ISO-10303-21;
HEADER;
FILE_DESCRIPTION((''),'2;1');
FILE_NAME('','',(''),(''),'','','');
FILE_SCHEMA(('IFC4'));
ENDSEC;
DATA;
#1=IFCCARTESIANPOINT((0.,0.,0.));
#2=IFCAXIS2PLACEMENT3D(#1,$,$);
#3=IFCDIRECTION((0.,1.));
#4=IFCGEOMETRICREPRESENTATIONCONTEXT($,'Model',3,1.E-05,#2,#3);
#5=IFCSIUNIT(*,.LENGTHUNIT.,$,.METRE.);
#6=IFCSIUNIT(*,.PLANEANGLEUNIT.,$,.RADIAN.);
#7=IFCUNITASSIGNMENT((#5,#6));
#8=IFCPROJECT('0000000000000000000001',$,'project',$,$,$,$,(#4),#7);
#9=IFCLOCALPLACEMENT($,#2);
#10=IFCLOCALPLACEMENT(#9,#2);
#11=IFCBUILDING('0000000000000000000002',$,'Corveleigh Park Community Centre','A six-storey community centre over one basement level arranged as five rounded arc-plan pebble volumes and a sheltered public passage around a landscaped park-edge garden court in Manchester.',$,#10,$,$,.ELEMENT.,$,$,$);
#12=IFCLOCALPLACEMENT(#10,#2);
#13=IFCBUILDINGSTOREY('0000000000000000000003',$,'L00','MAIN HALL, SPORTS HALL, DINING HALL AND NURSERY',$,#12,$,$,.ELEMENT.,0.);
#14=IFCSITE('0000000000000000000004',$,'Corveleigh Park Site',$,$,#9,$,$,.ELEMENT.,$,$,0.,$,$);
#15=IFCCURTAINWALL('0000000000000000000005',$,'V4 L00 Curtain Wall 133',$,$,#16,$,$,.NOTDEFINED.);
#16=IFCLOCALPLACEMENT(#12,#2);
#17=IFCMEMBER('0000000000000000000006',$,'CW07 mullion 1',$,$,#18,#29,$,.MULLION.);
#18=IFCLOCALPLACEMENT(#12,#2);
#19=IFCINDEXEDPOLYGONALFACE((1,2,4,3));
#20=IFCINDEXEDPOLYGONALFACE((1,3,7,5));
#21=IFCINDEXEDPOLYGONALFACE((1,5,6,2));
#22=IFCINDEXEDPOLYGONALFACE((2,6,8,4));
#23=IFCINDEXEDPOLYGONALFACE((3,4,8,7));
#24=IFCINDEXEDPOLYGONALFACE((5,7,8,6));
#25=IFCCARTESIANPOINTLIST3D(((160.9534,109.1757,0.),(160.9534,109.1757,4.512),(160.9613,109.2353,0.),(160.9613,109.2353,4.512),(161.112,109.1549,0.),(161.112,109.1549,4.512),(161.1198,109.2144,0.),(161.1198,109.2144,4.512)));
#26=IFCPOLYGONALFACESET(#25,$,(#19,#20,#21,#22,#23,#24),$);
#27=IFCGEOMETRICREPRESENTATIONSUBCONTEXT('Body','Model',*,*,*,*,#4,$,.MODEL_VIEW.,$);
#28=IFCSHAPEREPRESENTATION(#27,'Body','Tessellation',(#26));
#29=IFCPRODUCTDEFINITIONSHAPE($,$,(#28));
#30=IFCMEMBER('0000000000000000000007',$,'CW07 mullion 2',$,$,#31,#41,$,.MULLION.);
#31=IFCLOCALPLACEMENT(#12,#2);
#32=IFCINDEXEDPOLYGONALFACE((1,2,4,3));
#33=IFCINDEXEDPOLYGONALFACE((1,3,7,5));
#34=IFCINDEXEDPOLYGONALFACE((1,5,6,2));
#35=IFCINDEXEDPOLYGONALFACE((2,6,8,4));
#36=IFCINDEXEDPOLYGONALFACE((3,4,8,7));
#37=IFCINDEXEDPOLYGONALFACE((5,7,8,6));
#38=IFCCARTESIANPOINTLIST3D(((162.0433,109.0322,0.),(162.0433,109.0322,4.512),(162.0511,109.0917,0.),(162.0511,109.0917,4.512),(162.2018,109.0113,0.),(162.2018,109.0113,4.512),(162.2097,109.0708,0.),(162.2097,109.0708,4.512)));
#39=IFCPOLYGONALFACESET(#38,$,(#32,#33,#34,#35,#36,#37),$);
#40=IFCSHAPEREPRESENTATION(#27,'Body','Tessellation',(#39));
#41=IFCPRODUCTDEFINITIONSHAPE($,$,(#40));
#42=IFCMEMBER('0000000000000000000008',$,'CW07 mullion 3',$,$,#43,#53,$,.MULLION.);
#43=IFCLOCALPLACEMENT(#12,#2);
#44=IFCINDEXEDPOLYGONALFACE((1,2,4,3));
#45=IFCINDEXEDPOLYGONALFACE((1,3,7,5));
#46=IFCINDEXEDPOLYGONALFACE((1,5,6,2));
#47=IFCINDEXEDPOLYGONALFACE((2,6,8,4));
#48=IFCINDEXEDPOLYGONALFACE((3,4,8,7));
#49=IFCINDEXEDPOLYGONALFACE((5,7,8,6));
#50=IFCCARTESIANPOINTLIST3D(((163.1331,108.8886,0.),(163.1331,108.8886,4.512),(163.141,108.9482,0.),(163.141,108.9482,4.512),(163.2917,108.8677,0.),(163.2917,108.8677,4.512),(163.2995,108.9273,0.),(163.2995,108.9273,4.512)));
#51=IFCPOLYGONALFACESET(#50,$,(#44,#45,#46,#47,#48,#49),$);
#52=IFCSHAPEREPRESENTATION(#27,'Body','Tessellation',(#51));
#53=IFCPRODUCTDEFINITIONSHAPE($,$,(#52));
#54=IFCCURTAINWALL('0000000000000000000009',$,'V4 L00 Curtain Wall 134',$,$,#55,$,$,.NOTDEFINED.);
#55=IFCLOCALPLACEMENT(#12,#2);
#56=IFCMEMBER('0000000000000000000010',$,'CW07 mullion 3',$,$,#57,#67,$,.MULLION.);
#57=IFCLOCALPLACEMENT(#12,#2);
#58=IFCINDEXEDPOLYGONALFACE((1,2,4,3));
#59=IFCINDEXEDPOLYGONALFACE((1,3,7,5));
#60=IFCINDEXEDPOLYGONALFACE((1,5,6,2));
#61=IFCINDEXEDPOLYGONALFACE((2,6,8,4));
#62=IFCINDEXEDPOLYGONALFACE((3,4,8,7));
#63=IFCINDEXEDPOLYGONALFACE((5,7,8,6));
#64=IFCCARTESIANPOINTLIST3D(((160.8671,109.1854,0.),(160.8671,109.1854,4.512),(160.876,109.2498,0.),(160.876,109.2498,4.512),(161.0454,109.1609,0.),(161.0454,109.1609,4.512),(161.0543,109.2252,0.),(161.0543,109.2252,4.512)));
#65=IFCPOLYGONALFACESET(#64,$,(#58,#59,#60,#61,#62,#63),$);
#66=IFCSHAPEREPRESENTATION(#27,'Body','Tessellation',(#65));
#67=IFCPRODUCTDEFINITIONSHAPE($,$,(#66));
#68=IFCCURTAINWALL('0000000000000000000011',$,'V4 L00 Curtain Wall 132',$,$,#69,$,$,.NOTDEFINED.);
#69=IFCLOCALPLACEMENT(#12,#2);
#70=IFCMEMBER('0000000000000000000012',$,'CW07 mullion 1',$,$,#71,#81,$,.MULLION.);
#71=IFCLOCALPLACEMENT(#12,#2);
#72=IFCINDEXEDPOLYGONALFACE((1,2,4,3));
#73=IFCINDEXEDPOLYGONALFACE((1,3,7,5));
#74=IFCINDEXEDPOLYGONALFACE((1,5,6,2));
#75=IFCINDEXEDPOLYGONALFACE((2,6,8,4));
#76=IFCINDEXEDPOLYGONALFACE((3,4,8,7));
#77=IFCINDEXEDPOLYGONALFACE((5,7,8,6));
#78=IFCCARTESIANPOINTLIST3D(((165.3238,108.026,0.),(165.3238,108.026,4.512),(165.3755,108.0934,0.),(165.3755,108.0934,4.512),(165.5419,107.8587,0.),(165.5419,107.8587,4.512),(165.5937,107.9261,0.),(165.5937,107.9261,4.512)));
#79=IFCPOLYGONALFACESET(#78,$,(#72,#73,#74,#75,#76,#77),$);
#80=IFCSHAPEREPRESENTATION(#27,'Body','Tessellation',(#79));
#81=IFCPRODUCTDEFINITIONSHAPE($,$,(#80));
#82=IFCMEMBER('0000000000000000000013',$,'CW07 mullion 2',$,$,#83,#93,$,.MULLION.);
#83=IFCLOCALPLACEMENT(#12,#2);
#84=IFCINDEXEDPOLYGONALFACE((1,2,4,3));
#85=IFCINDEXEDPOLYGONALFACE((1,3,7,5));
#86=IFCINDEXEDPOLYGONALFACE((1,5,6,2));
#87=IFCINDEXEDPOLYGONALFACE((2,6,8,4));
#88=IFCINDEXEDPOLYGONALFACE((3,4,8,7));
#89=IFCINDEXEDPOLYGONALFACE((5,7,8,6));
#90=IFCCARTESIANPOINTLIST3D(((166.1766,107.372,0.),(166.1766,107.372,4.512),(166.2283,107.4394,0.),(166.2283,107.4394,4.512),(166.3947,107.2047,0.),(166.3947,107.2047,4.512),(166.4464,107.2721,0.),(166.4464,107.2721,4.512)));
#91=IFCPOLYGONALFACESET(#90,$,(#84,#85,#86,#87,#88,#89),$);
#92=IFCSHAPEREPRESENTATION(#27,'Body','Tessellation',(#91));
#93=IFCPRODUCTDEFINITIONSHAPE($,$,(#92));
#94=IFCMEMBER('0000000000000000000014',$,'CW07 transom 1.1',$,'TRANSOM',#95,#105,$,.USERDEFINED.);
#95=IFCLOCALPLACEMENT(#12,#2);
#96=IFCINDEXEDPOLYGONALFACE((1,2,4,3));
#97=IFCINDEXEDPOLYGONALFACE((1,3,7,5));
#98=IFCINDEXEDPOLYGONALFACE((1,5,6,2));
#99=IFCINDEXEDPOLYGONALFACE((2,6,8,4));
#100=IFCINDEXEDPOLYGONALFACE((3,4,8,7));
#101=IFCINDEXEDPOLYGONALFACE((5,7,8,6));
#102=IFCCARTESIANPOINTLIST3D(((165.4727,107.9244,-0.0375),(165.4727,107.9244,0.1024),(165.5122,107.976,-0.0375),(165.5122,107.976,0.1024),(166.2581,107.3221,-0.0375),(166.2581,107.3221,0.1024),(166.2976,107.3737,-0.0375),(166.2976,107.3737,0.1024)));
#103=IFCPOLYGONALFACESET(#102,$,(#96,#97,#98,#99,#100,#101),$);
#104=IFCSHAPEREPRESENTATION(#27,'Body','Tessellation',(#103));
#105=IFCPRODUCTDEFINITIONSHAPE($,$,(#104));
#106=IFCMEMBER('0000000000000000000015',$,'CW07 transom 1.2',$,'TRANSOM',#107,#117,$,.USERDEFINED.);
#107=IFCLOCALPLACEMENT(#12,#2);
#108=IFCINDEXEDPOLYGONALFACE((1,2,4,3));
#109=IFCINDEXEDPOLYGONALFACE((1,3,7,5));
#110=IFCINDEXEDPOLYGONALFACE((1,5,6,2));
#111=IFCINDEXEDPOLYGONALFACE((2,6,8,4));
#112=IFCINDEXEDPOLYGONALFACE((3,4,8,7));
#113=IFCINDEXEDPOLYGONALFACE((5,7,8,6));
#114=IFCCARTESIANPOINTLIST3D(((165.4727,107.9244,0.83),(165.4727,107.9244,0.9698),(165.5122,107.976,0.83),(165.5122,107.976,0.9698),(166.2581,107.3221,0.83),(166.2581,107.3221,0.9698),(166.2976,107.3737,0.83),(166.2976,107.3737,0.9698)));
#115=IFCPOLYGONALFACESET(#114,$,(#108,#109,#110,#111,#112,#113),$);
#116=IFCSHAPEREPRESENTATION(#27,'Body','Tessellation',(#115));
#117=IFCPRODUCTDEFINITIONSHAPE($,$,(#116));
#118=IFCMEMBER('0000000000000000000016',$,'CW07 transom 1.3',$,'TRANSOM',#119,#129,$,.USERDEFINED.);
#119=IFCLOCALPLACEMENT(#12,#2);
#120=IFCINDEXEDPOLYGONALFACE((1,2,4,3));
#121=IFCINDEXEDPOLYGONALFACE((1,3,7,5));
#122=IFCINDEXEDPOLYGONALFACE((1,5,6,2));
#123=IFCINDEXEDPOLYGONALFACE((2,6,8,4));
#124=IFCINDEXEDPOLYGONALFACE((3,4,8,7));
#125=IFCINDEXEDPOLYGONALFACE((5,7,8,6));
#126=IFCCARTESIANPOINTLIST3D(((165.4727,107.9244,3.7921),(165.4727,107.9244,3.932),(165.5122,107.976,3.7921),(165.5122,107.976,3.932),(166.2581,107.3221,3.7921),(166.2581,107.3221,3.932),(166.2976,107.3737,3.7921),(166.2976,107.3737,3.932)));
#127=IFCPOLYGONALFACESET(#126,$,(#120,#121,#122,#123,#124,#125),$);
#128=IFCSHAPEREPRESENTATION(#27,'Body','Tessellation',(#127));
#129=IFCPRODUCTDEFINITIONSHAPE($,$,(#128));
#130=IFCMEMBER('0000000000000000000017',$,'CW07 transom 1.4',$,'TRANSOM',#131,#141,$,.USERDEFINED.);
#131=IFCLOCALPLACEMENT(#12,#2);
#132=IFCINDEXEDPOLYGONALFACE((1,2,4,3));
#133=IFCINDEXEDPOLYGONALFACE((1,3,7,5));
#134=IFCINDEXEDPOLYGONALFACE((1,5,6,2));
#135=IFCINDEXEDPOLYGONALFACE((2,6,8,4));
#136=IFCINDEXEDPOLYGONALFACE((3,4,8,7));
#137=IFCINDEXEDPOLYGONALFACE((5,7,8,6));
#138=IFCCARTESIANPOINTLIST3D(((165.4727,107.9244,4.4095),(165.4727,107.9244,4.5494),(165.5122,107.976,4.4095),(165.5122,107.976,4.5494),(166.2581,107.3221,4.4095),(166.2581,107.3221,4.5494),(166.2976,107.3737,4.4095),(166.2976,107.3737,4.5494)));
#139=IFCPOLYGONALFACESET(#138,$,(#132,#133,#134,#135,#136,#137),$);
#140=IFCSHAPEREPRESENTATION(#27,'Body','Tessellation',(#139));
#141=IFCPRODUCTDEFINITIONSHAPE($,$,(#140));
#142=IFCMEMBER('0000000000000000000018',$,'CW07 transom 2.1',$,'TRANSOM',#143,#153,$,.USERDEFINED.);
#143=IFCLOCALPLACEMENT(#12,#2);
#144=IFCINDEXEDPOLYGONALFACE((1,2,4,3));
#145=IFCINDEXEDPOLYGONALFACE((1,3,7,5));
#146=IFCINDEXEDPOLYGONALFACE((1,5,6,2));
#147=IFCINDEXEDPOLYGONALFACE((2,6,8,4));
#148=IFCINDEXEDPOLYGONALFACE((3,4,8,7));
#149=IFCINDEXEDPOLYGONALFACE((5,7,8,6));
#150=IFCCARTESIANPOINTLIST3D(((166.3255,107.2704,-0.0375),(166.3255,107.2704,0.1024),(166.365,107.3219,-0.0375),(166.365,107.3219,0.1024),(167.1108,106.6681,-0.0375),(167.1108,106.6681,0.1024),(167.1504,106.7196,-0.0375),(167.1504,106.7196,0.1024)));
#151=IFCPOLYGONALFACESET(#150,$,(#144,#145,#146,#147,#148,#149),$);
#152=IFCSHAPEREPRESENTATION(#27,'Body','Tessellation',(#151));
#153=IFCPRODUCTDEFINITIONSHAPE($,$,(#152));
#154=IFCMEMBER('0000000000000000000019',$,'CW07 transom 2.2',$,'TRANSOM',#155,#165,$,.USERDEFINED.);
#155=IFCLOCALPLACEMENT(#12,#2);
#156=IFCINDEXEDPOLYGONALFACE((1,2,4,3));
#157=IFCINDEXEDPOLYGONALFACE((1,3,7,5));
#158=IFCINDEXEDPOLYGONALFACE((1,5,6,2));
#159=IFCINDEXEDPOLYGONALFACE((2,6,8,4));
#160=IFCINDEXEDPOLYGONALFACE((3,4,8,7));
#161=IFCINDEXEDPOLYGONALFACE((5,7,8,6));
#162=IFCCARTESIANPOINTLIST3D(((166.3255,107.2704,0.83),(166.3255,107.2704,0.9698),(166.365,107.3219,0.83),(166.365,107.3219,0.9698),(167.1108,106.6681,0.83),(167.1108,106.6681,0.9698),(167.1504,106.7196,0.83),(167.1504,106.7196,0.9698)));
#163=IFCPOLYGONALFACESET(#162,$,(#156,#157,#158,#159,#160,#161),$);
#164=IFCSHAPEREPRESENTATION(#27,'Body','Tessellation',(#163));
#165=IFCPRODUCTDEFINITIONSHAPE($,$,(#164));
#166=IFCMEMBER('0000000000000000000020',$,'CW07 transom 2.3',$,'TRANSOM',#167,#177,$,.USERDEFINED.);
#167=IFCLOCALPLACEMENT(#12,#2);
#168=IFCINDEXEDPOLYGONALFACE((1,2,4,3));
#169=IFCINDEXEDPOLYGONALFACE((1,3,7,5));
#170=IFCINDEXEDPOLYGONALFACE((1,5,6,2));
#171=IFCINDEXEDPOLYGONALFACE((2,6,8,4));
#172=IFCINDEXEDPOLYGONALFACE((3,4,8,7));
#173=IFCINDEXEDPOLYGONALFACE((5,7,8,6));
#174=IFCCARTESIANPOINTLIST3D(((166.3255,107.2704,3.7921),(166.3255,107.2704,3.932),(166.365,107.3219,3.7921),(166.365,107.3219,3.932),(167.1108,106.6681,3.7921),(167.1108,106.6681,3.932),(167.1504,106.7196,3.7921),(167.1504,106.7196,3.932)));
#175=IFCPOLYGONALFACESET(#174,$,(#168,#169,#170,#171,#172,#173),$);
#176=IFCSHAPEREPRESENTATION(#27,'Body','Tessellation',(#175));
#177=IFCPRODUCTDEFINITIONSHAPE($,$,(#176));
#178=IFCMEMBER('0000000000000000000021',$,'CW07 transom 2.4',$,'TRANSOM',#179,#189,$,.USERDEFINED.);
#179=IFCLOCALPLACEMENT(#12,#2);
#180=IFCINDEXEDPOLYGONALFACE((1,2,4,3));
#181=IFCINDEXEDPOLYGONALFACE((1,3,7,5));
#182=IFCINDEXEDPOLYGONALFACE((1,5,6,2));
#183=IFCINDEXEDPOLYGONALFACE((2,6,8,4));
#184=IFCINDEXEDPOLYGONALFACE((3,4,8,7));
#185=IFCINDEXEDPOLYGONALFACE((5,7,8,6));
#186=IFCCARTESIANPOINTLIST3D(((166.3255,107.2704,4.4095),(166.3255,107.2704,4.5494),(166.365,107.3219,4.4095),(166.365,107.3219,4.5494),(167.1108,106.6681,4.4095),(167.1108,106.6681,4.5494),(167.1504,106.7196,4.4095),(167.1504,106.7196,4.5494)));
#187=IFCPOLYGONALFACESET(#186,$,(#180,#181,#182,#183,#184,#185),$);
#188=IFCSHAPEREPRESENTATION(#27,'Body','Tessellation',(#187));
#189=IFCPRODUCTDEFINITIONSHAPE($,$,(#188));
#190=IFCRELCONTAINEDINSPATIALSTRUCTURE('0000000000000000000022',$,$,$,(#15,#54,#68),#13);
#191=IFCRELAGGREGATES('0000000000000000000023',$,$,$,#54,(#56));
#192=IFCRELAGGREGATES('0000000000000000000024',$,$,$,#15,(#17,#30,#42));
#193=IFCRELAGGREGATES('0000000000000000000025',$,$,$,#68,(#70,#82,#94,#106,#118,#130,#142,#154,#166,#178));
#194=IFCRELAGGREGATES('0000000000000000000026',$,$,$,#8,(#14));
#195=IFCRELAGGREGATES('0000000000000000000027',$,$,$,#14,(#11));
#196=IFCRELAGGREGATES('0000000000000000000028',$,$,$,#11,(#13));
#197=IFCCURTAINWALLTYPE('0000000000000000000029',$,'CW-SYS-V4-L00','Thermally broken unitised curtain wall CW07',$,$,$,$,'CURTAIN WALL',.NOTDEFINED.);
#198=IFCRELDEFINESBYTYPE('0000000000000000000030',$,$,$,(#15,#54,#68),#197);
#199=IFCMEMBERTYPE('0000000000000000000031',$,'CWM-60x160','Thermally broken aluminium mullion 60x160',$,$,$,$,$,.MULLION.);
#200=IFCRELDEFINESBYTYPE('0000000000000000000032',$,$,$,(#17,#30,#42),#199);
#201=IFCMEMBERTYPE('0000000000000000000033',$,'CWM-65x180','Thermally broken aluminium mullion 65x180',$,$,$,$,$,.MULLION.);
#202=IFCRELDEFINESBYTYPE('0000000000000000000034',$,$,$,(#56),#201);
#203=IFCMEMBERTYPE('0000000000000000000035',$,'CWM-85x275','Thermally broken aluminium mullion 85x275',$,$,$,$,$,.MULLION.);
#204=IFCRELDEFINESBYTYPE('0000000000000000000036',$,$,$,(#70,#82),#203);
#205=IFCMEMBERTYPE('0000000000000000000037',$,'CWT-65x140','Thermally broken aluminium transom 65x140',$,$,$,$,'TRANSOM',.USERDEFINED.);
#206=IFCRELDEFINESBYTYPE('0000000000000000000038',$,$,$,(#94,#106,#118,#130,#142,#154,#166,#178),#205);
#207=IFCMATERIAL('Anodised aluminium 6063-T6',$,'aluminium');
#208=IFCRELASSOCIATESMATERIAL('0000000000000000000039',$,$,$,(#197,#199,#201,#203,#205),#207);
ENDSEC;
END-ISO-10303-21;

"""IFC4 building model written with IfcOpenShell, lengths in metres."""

from ifc_helpers import new_model, si_unit, direction, frame, origin, origin_2d, place, context, subcontext, project, spatial, rectangle, extrude, material, material_profile, profile_set, type_object, element, aggregate, save


model = new_model("IFC4")

# Units and contexts
model_context = context("Model", 3, precision=1e-05, world=origin(), true_north=direction((0.0, 1.0)))
body_context = subcontext(model_context, "Body", "Model", "MODEL_VIEW")
ifc_project = project(units=[si_unit("LENGTHUNIT", "METRE"), si_unit("PLANEANGLEUNIT", "RADIAN")], contexts=[model_context])

# Site, building, storey
site_placement = place(None, origin())
site = spatial("IfcSite", under=ifc_project, at=site_placement, Name="Corveleigh Park Site", CompositionType="ELEMENT", RefElevation=0.0)
building_placement = place(site_placement, origin())
building = spatial("IfcBuilding", under=site, at=building_placement, Name="Corveleigh Park Community Centre", Description="A six-storey community centre over one basement level arranged as five rounded arc-plan pebble volumes and a sheltered public passage around a landscaped park-edge garden court in Manchester.", CompositionType="ELEMENT")
storey_placement = place(building_placement, origin())
storey = spatial("IfcBuildingStorey", under=building, at=storey_placement, Name="L00", Description="MAIN HALL, SPORTS HALL, DINING HALL AND NURSERY", CompositionType="ELEMENT", Elevation=0.0)

# Curtain wall, members
ifc_material_1 = material(Name="Anodised aluminium 6063-T6", Category="aluminium")
curtain_wall_type = type_object("IfcCurtainWallType", Name="CW-SYS-V4-L00", Description="Thermally broken unitised curtain wall CW07", ElementType="CURTAIN WALL", PredefinedType="NOTDEFINED", material=ifc_material_1)
curtain_wall_1_placement = place(storey_placement, origin())
curtain_wall_1 = element("IfcCurtainWall", 1, at=curtain_wall_1_placement, inside=storey, type_object=curtain_wall_type, Name="V4 L00 Curtain Wall 133", PredefinedType="NOTDEFINED")
ifc_material_profile_1 = material_profile(ifc_material_1, rectangle(XDim=0.0601, YDim=0.1599, at=origin_2d()), Name="ALU-M60x160", Category="aluminium")
ifc_profile_set_1 = profile_set([ifc_material_profile_1], Name="Anodised aluminium 6063-T6")
member_type_1 = type_object("IfcMemberType", Name="CWM-60x160", Description="Thermally broken aluminium mullion 60x160", PredefinedType="MULLION", material=ifc_profile_set_1)
member_1_placement = place(storey_placement, frame((161.0366, 109.1951, 0.0), z_axis=(0.0, 0.0, 1.0), x_axis=(0.130626, 0.991432, 0.0)))
member_1 = element("IfcMember", 2, at=member_1_placement, type_object=member_type_1, Name="CW07 mullion 1", PredefinedType="MULLION", context=body_context, shape_type="SweptSolid", body=[
    extrude(rectangle(XDim=0.0601, YDim=0.1599, at=origin_2d()), origin(), (0.0, 0.0, 1.0), 4.512),
])
member_2_placement = place(storey_placement, frame((162.1265, 109.0515, 0.0), z_axis=(0.0, 0.0, 1.0), x_axis=(0.130626, 0.991432, 0.0)))
member_2 = element("IfcMember", 3, at=member_2_placement, type_object=member_type_1, Name="CW07 mullion 2", PredefinedType="MULLION", context=body_context, shape_type="SweptSolid", body=[
    extrude(rectangle(XDim=0.0601, YDim=0.1599, at=origin_2d()), origin(), (0.0, 0.0, 1.0), 4.512),
])
member_3_placement = place(storey_placement, frame((163.2163, 108.908, 0.0), z_axis=(0.0, 0.0, 1.0), x_axis=(0.130626, 0.991432, 0.0)))
member_3 = element("IfcMember", 4, at=member_3_placement, type_object=member_type_1, Name="CW07 mullion 3", PredefinedType="MULLION", context=body_context, shape_type="SweptSolid", body=[
    extrude(rectangle(XDim=0.0601, YDim=0.1599, at=origin_2d()), origin(), (0.0, 0.0, 1.0), 4.512),
])

# Curtain wall, member
curtain_wall_2_placement = place(storey_placement, origin())
curtain_wall_2 = element("IfcCurtainWall", 5, at=curtain_wall_2_placement, inside=storey, type_object=curtain_wall_type, Name="V4 L00 Curtain Wall 134", PredefinedType="NOTDEFINED")
ifc_material_profile_2 = material_profile(ifc_material_1, rectangle(XDim=0.0649, YDim=0.1799, at=origin_2d()), Name="ALU-M65x180", Category="aluminium")
ifc_profile_set_2 = profile_set([ifc_material_profile_2], Name="Anodised aluminium 6063-T6")
member_type_2 = type_object("IfcMemberType", Name="CWM-65x180", Description="Thermally broken aluminium mullion 65x180", PredefinedType="MULLION", material=ifc_profile_set_2)
member_4_placement = place(storey_placement, frame((160.9607, 109.2053, 0.0), z_axis=(0.0, 0.0, 1.0), x_axis=(0.136534, 0.990635, 0.0)))
member_4 = element("IfcMember", 6, at=member_4_placement, type_object=member_type_2, Name="CW07 mullion 3", PredefinedType="MULLION", context=body_context, shape_type="SweptSolid", body=[
    extrude(rectangle(XDim=0.0649, YDim=0.1799, at=origin_2d()), origin(), (0.0, 0.0, 1.0), 4.512),
])
aggregate(curtain_wall_2, [member_4])

# Curtain wall, members
curtain_wall_3_placement = place(storey_placement, origin())
curtain_wall_3 = element("IfcCurtainWall", 7, at=curtain_wall_3_placement, inside=storey, type_object=curtain_wall_type, Name="V4 L00 Curtain Wall 132", PredefinedType="NOTDEFINED")
ifc_material_profile_3 = material_profile(ifc_material_1, rectangle(XDim=0.085, YDim=0.2749, at=origin_2d()), Name="ALU-M85x275", Category="aluminium")
ifc_profile_set_3 = profile_set([ifc_material_profile_3], Name="Anodised aluminium 6063-T6")
member_type_3 = type_object("IfcMemberType", Name="CWM-85x275", Description="Thermally broken aluminium mullion 85x275", PredefinedType="MULLION", material=ifc_profile_set_3)
member_5_placement = place(storey_placement, frame((165.4587, 107.9761, 0.0), z_axis=(0.0, 0.0, 1.0), x_axis=(0.608629, 0.793455, 0.0)))
member_5 = element("IfcMember", 8, at=member_5_placement, type_object=member_type_3, Name="CW07 mullion 1", PredefinedType="MULLION", context=body_context, shape_type="SweptSolid", body=[
    extrude(rectangle(XDim=0.085, YDim=0.2749, at=origin_2d()), origin(), (0.0, 0.0, 1.0), 4.512),
])
member_6_placement = place(storey_placement, frame((166.3115, 107.322, 0.0), z_axis=(0.0, 0.0, 1.0), x_axis=(0.608629, 0.793455, 0.0)))
member_6 = element("IfcMember", 9, at=member_6_placement, type_object=member_type_3, Name="CW07 mullion 2", PredefinedType="MULLION", context=body_context, shape_type="SweptSolid", body=[
    extrude(rectangle(XDim=0.085, YDim=0.2749, at=origin_2d()), origin(), (0.0, 0.0, 1.0), 4.512),
])
ifc_material_profile_4 = material_profile(ifc_material_1, rectangle(XDim=0.0649, YDim=0.1399, at=origin_2d()), Name="ALU-T65x140", Category="aluminium")
ifc_profile_set_4 = profile_set([ifc_material_profile_4], Name="Anodised aluminium 6063-T6")
member_type_4 = type_object("IfcMemberType", Name="CWT-65x140", Description="Thermally broken aluminium transom 65x140", ElementType="TRANSOM", PredefinedType="USERDEFINED", material=ifc_profile_set_4)
member_7_placement = place(storey_placement, frame((165.4924, 107.9502, 0.0325), z_axis=(0.793531, -0.60853, 0.0), x_axis=(0.60853, 0.793531, 0.0)))
member_7 = element("IfcMember", 10, at=member_7_placement, type_object=member_type_4, Name="CW07 transom 1.1", ObjectType="TRANSOM", PredefinedType="USERDEFINED", context=body_context, shape_type="SweptSolid", body=[
    extrude(rectangle(XDim=0.0649, YDim=0.1399, at=origin_2d()), origin(), (0.0, 0.0, 1.0), 0.9897),
])
member_8_placement = place(storey_placement, frame((165.4924, 107.9502, 0.8999), z_axis=(0.793531, -0.60853, 0.0), x_axis=(0.60853, 0.793531, 0.0)))
member_8 = element("IfcMember", 11, at=member_8_placement, type_object=member_type_4, Name="CW07 transom 1.2", ObjectType="TRANSOM", PredefinedType="USERDEFINED", context=body_context, shape_type="SweptSolid", body=[
    extrude(rectangle(XDim=0.0649, YDim=0.1399, at=origin_2d()), origin(), (0.0, 0.0, 1.0), 0.9897),
])
member_9_placement = place(storey_placement, frame((165.4924, 107.9502, 3.8621), z_axis=(0.793531, -0.60853, 0.0), x_axis=(0.60853, 0.793531, 0.0)))
member_9 = element("IfcMember", 12, at=member_9_placement, type_object=member_type_4, Name="CW07 transom 1.3", ObjectType="TRANSOM", PredefinedType="USERDEFINED", context=body_context, shape_type="SweptSolid", body=[
    extrude(rectangle(XDim=0.0649, YDim=0.1399, at=origin_2d()), origin(), (0.0, 0.0, 1.0), 0.9897),
])
member_10_placement = place(storey_placement, frame((165.4924, 107.9502, 4.4795), z_axis=(0.793531, -0.60853, 0.0), x_axis=(0.60853, 0.793531, 0.0)))
member_10 = element("IfcMember", 13, at=member_10_placement, type_object=member_type_4, Name="CW07 transom 1.4", ObjectType="TRANSOM", PredefinedType="USERDEFINED", context=body_context, shape_type="SweptSolid", body=[
    extrude(rectangle(XDim=0.0649, YDim=0.1399, at=origin_2d()), origin(), (0.0, 0.0, 1.0), 0.9897),
])
member_11_placement = place(storey_placement, frame((166.3452, 107.2961, 0.0325), z_axis=(0.793531, -0.60853, 0.0), x_axis=(0.60853, 0.793531, 0.0)))
member_11 = element("IfcMember", 14, at=member_11_placement, type_object=member_type_4, Name="CW07 transom 2.1", ObjectType="TRANSOM", PredefinedType="USERDEFINED", context=body_context, shape_type="SweptSolid", body=[
    extrude(rectangle(XDim=0.0649, YDim=0.1399, at=origin_2d()), origin(), (0.0, 0.0, 1.0), 0.9897),
])
member_12_placement = place(storey_placement, frame((166.3452, 107.2961, 0.8999), z_axis=(0.793531, -0.60853, 0.0), x_axis=(0.60853, 0.793531, 0.0)))
member_12 = element("IfcMember", 15, at=member_12_placement, type_object=member_type_4, Name="CW07 transom 2.2", ObjectType="TRANSOM", PredefinedType="USERDEFINED", context=body_context, shape_type="SweptSolid", body=[
    extrude(rectangle(XDim=0.0649, YDim=0.1399, at=origin_2d()), origin(), (0.0, 0.0, 1.0), 0.9897),
])
member_13_placement = place(storey_placement, frame((166.3452, 107.2961, 3.8621), z_axis=(0.793531, -0.60853, 0.0), x_axis=(0.60853, 0.793531, 0.0)))
member_13 = element("IfcMember", 16, at=member_13_placement, type_object=member_type_4, Name="CW07 transom 2.3", ObjectType="TRANSOM", PredefinedType="USERDEFINED", context=body_context, shape_type="SweptSolid", body=[
    extrude(rectangle(XDim=0.0649, YDim=0.1399, at=origin_2d()), origin(), (0.0, 0.0, 1.0), 0.9897),
])
member_14_placement = place(storey_placement, frame((166.3452, 107.2961, 4.4795), z_axis=(0.793531, -0.60853, 0.0), x_axis=(0.60853, 0.793531, 0.0)))
member_14 = element("IfcMember", 17, at=member_14_placement, type_object=member_type_4, Name="CW07 transom 2.4", ObjectType="TRANSOM", PredefinedType="USERDEFINED", context=body_context, shape_type="SweptSolid", body=[
    extrude(rectangle(XDim=0.0649, YDim=0.1399, at=origin_2d()), origin(), (0.0, 0.0, 1.0), 0.9897),
])

aggregate(curtain_wall_1, [member_1, member_2, member_3])
aggregate(curtain_wall_3, [member_5, member_6, member_7, member_8, member_9, member_10, member_11, member_12, member_13, member_14])

save(model, "model.ifc")
